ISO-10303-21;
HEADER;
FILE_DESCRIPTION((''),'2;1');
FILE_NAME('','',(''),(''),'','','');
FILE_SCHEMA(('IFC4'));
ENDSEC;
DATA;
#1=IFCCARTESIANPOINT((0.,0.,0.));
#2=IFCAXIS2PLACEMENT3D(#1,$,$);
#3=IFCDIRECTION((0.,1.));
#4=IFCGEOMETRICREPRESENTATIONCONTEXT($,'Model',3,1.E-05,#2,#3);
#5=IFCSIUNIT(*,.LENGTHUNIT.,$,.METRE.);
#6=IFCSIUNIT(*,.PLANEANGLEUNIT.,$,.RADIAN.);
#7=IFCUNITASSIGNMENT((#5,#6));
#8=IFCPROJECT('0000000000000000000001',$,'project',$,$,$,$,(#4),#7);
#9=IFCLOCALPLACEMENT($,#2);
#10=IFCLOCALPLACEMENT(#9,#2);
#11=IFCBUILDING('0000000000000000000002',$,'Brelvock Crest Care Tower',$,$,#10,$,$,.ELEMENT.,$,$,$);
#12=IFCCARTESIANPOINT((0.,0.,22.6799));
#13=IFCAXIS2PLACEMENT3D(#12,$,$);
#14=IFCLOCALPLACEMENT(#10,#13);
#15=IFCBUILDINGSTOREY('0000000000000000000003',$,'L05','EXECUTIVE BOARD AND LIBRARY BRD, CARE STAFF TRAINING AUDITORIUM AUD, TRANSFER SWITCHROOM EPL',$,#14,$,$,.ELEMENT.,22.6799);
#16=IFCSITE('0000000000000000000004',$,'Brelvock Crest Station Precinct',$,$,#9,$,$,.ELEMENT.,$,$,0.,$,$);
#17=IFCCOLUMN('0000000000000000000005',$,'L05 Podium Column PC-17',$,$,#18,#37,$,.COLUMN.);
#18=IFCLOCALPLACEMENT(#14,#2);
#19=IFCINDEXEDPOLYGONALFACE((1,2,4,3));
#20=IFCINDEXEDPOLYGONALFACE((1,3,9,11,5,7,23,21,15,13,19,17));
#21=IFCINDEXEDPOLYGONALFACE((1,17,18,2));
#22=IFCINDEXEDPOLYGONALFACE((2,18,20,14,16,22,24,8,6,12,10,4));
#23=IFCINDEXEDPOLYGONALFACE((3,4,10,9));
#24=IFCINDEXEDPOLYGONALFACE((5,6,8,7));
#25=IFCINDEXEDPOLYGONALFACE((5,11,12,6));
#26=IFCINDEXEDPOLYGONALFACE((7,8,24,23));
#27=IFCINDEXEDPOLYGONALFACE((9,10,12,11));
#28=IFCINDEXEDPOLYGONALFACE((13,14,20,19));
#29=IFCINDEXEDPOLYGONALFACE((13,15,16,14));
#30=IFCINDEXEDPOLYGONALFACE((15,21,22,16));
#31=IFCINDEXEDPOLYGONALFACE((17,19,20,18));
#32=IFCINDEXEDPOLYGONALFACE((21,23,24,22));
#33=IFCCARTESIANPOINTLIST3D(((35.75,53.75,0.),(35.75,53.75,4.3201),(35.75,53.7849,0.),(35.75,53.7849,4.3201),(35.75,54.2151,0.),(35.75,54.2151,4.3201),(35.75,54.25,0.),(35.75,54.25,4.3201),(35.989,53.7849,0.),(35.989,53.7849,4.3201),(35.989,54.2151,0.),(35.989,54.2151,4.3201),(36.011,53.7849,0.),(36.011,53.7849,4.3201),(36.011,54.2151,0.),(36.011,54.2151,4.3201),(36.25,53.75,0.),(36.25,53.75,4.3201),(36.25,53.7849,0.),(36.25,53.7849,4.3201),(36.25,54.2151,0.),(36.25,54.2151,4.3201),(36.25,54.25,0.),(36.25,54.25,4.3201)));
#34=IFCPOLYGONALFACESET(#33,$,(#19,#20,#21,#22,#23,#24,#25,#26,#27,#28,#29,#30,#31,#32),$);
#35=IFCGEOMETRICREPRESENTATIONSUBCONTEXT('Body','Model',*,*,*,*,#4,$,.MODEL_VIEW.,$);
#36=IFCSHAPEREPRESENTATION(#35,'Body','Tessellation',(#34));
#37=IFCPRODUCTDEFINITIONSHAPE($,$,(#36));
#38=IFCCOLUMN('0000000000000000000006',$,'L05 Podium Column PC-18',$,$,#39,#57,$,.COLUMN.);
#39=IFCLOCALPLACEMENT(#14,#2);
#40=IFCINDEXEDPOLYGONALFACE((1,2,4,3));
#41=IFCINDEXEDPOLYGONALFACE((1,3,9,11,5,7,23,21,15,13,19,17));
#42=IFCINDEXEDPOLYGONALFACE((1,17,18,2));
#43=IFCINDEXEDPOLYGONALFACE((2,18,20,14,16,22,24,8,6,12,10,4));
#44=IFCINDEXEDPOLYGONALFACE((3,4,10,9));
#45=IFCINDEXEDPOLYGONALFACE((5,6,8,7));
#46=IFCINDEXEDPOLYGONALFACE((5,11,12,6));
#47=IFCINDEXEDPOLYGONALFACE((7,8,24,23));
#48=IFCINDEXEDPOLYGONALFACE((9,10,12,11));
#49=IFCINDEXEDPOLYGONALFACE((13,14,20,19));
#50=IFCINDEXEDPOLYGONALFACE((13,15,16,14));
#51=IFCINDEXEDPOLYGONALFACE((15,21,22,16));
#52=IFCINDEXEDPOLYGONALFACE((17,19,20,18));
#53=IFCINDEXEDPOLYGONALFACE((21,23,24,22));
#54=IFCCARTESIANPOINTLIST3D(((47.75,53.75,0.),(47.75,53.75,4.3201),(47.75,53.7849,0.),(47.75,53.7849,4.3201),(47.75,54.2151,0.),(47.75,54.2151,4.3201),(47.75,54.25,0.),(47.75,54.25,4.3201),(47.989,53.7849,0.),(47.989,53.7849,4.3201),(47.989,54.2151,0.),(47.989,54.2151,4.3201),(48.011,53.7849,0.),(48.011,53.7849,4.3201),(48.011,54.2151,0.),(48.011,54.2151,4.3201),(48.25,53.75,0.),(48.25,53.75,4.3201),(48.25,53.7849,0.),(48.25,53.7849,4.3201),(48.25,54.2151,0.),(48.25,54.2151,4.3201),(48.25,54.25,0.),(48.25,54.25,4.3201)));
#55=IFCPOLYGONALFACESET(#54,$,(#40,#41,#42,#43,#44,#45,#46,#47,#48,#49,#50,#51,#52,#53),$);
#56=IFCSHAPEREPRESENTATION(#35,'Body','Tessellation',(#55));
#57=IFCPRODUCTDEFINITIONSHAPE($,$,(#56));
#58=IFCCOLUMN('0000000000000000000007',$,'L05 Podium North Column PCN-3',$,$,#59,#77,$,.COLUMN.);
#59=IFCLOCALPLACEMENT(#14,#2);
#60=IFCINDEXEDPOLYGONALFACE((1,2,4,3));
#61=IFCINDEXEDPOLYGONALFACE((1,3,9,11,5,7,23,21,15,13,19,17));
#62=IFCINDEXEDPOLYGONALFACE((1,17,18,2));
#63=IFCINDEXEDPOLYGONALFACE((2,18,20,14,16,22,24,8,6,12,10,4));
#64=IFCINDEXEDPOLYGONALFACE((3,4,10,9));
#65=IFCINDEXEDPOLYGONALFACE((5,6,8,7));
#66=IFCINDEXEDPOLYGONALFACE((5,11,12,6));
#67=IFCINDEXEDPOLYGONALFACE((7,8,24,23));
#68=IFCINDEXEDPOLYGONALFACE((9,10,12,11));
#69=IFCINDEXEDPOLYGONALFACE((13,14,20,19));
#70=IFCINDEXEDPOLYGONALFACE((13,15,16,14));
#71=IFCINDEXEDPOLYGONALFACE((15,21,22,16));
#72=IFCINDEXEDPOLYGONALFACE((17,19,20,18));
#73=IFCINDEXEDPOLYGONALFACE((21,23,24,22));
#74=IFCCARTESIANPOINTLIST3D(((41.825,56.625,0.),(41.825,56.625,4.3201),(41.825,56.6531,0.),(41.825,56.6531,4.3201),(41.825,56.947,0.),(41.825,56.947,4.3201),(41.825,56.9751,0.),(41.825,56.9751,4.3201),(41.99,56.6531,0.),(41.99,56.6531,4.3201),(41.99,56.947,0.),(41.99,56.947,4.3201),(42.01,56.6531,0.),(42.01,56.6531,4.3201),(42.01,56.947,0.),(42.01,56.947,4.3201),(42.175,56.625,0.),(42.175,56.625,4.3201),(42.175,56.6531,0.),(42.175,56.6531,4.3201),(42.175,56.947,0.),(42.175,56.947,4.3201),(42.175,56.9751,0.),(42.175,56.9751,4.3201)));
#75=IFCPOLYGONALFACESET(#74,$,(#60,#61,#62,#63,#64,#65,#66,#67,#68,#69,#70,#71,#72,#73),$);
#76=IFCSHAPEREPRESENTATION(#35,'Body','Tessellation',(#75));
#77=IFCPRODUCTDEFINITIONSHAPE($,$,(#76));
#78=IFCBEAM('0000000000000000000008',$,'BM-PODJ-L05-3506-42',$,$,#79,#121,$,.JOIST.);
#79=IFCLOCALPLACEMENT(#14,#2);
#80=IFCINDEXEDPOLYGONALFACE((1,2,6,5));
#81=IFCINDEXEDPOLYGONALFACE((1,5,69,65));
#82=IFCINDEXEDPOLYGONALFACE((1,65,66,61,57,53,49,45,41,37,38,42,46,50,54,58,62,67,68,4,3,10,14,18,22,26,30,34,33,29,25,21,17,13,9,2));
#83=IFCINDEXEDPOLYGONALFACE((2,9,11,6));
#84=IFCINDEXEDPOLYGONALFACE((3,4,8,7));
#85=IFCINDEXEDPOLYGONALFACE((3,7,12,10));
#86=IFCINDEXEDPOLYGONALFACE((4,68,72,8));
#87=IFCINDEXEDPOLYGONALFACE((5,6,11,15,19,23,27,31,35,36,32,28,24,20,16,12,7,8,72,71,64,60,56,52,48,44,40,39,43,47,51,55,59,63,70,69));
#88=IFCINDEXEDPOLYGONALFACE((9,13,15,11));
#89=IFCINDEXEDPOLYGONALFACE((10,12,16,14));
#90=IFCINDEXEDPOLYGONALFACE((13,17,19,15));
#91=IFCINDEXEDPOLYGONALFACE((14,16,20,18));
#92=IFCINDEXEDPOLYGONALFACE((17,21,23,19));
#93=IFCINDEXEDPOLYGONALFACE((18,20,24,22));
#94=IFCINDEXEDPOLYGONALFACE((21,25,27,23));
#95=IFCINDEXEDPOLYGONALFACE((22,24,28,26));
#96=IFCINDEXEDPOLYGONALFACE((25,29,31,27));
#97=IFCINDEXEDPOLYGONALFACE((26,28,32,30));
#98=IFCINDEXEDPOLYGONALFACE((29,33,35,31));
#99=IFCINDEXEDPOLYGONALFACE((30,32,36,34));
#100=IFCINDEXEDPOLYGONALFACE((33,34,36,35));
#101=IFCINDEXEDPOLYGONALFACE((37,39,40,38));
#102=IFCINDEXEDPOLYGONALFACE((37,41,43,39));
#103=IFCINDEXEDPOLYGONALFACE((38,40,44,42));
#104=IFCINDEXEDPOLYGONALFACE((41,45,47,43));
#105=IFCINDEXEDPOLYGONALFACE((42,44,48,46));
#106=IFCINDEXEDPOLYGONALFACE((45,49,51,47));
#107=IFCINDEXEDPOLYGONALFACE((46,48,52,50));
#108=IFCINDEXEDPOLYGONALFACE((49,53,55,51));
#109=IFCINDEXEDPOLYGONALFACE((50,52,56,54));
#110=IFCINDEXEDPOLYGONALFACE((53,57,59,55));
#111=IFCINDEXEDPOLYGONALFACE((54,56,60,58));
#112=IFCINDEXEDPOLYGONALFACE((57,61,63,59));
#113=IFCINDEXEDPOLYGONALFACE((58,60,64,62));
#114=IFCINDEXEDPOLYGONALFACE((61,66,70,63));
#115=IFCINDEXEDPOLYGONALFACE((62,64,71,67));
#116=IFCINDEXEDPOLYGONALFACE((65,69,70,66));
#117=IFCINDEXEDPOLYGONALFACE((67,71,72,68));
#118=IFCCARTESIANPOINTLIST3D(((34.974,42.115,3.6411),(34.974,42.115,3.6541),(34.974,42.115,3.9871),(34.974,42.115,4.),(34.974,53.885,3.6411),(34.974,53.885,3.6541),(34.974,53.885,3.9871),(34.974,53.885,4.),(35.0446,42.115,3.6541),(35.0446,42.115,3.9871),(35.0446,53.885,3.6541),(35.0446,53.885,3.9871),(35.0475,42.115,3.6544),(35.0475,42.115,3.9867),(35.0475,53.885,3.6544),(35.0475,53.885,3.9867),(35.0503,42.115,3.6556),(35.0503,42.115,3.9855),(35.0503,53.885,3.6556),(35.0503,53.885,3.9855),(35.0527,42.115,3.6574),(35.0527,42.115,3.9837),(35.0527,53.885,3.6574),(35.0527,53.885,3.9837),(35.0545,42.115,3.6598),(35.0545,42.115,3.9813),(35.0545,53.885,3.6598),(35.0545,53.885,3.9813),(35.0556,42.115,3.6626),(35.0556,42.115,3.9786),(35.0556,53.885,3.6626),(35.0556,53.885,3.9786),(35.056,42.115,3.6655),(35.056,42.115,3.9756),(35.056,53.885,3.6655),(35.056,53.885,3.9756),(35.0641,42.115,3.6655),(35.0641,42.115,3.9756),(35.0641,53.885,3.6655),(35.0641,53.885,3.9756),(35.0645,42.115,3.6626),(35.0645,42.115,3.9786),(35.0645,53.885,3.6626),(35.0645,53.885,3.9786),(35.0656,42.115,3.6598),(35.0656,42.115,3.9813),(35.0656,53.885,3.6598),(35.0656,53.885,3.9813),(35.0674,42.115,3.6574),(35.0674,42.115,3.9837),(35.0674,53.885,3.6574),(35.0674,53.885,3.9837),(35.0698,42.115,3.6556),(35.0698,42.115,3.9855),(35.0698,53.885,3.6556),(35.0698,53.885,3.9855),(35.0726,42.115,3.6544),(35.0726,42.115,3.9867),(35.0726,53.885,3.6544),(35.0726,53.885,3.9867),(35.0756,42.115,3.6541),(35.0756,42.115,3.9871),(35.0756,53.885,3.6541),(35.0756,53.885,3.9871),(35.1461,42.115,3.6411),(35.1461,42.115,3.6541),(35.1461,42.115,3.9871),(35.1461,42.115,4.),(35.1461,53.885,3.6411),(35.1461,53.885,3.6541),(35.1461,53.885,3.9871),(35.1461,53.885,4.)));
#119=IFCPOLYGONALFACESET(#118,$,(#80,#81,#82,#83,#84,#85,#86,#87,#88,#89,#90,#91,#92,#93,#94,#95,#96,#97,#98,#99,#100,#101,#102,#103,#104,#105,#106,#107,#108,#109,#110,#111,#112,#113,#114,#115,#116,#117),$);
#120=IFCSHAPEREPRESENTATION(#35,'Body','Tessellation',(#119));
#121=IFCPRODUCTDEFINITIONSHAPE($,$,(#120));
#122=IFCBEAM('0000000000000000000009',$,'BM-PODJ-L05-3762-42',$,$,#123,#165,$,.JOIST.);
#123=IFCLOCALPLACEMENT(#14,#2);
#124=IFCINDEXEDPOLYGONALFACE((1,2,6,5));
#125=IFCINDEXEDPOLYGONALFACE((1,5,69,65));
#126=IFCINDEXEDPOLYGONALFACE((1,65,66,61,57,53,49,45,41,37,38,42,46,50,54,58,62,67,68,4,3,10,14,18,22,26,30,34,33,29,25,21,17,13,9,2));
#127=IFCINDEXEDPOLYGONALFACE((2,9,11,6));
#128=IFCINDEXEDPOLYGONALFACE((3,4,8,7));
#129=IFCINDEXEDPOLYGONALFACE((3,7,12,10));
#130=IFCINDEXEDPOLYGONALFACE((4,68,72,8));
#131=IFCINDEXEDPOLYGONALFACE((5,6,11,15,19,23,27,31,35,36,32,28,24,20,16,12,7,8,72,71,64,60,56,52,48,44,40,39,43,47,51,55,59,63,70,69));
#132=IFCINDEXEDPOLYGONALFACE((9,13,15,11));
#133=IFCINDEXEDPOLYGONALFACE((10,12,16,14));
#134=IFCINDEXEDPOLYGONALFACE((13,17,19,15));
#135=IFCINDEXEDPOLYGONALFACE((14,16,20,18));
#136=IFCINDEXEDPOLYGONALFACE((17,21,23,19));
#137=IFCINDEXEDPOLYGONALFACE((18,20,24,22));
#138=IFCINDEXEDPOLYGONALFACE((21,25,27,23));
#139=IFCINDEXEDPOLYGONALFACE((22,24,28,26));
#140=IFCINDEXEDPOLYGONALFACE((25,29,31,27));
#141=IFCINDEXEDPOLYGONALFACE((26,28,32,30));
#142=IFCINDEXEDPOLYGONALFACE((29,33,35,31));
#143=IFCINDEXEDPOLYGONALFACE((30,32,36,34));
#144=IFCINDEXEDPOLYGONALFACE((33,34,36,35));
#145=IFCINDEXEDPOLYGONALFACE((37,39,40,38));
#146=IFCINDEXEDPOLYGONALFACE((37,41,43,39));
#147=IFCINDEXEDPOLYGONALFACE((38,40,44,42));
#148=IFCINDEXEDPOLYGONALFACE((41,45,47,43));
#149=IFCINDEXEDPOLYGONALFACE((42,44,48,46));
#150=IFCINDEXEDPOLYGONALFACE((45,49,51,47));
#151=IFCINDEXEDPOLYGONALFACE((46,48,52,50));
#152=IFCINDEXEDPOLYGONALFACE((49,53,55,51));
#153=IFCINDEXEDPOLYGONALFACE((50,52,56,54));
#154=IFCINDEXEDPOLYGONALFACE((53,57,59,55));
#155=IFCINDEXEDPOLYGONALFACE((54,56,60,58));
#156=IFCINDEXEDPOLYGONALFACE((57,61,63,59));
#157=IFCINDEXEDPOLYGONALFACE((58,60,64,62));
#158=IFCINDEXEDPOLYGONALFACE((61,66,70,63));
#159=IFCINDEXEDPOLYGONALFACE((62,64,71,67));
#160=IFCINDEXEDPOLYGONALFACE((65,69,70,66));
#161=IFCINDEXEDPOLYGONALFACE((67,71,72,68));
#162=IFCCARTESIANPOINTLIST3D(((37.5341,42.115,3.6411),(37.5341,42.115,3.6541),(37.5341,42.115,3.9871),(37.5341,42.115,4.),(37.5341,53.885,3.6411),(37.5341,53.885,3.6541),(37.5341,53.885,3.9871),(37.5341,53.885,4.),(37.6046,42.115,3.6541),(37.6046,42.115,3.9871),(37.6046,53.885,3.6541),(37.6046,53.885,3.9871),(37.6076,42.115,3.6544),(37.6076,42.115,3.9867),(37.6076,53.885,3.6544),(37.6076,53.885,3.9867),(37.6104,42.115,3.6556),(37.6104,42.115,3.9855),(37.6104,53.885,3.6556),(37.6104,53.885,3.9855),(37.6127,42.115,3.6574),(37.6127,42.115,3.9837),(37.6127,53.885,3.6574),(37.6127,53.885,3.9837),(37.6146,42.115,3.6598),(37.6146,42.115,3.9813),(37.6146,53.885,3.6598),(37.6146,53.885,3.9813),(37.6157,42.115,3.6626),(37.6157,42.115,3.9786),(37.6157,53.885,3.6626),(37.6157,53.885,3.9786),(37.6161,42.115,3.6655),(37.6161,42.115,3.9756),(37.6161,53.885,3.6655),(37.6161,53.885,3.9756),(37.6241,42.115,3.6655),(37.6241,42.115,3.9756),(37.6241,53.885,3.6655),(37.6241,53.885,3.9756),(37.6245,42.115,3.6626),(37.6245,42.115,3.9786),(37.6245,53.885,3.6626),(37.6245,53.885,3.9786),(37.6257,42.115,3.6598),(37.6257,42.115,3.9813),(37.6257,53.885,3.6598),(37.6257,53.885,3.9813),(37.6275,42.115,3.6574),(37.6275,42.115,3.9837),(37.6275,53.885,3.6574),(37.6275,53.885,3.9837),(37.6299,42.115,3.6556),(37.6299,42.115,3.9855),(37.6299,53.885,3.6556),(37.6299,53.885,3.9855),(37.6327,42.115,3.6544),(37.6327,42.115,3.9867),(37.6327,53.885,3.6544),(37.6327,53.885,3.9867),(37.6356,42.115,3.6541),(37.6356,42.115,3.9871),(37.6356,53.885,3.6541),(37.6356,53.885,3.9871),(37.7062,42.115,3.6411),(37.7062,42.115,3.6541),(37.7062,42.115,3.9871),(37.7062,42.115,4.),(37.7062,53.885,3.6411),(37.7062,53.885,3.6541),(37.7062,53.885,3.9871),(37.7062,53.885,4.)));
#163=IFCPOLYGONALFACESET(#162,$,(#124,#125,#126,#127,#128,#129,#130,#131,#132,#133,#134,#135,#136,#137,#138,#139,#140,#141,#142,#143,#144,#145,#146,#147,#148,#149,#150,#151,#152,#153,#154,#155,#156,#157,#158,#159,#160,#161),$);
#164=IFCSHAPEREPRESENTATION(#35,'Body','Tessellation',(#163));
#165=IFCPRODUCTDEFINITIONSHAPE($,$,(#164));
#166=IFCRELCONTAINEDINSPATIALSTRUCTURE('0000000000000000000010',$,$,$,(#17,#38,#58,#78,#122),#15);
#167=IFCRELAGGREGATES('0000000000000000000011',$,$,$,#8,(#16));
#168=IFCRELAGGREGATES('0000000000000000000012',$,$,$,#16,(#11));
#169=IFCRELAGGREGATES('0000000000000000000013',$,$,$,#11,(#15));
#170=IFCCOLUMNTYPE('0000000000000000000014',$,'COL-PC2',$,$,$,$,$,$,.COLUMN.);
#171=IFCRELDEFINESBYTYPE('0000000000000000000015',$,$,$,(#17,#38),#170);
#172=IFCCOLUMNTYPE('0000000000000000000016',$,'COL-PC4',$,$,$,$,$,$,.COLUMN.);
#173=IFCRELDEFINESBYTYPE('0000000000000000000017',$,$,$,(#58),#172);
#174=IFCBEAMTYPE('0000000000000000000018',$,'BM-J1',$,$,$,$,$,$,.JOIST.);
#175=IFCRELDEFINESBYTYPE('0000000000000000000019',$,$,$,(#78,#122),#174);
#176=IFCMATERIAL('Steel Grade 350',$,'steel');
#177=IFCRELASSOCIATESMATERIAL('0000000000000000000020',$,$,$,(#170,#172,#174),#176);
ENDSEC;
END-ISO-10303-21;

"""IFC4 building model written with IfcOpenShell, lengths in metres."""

from ifc_helpers import new_model, si_unit, direction, frame, origin, origin_2d, place, context, subcontext, project, spatial, i_section, extrude, source, transform, mapped, material, material_profile, profile_set, type_object, element, save


model = new_model("IFC4")

# Units and contexts
model_context = context("Model", 3, precision=1e-05, world=origin(), true_north=direction((0.0, 1.0)))
body_context = subcontext(model_context, "Body", "Model", "MODEL_VIEW")
ifc_project = project(units=[si_unit("LENGTHUNIT", "METRE"), si_unit("PLANEANGLEUNIT", "RADIAN")], contexts=[model_context])

# Site, building, storey
site_placement = place(None, origin())
site = spatial("IfcSite", under=ifc_project, at=site_placement, Name="Brelvock Crest Station Precinct", CompositionType="ELEMENT", RefElevation=0.0)
building_placement = place(site_placement, origin())
building = spatial("IfcBuilding", under=site, at=building_placement, Name="Brelvock Crest Care Tower", CompositionType="ELEMENT")
storey_placement = place(building_placement, frame((0.0, 0.0, 22.6799)))
storey = spatial("IfcBuildingStorey", under=building, at=storey_placement, Name="L05", Description="EXECUTIVE BOARD AND LIBRARY BRD, CARE STAFF TRAINING AUDITORIUM AUD, TRANSFER SWITCHROOM EPL", CompositionType="ELEMENT", Elevation=22.6799)

# Columns
ifc_material_1 = material(Name="Steel Grade 350", Category="steel")
ifc_material_profile_1 = material_profile(ifc_material_1, i_section(OverallWidth=0.5, OverallDepth=0.5, WebThickness=0.022, FlangeThickness=0.0349, at=origin_2d()), Name="500WC340")
ifc_profile_set_1 = profile_set([ifc_material_profile_1], Name="Steel Grade 350")
column_type_1 = type_object("IfcColumnType", Name="COL-PC2", PredefinedType="COLUMN", material=ifc_profile_set_1)
shared_shape_1 = source(origin(), body_context, "Body", "SweptSolid", [
    extrude(i_section(OverallWidth=0.5, OverallDepth=0.5, WebThickness=0.022, FlangeThickness=0.0349, at=origin_2d()), origin(), (0.0, 0.0, 1.0), 4.3201),
])
for number, where, z_axis, x_axis, name in (
    (1, (36.0, 54.0, 0.0), (0.0, 0.0, 1.0), (1.0, 0.0, 0.0), "L05 Podium Column PC-17"),
    (2, (48.0, 54.0, 0.0), (0.0, 0.0, 1.0), (1.0, 0.0, 0.0), "L05 Podium Column PC-18"),
):
    element("IfcColumn", number, at=place(storey_placement, frame(where, z_axis=z_axis, x_axis=x_axis)), inside=storey, type_object=column_type_1, Name=name, PredefinedType="COLUMN", context=body_context, shape_type="MappedRepresentation", body=[
        mapped(shared_shape_1, transform((0.0, 0.0, 0.0), x_axis=(1.0, 0.0, 0.0), y_axis=(0.0, 1.0, 0.0), z_axis=(0.0, 0.0, 1.0), scale=1.0)),
    ])
ifc_material_profile_2 = material_profile(ifc_material_1, i_section(OverallWidth=0.3501, OverallDepth=0.3501, WebThickness=0.02, FlangeThickness=0.0281, at=origin_2d()), Name="350WC197")
ifc_profile_set_2 = profile_set([ifc_material_profile_2], Name="Steel Grade 350")
column_type_2 = type_object("IfcColumnType", Name="COL-PC4", PredefinedType="COLUMN", material=ifc_profile_set_2)
shared_shape_2 = source(origin(), body_context, "Body", "SweptSolid", [
    extrude(i_section(OverallWidth=0.3501, OverallDepth=0.3501, WebThickness=0.02, FlangeThickness=0.0281, at=origin_2d()), origin(), (0.0, 0.0, 1.0), 4.3201),
])
column_placement = place(storey_placement, frame((42.0, 56.8, 0.0), z_axis=(0.0, 0.0, 1.0), x_axis=(1.0, 0.0, 0.0)))
element("IfcColumn", 3, at=column_placement, inside=storey, type_object=column_type_2, Name="L05 Podium North Column PCN-3", PredefinedType="COLUMN", context=body_context, shape_type="MappedRepresentation", body=[
    mapped(shared_shape_2, transform((0.0, 0.0, 0.0), x_axis=(1.0, 0.0, 0.0), y_axis=(0.0, 1.0, 0.0), z_axis=(0.0, 0.0, 1.0), scale=1.0)),
])

# Beams
ifc_material_profile_3 = material_profile(ifc_material_1, i_section(OverallWidth=0.1721, OverallDepth=0.3589, WebThickness=0.0081, FlangeThickness=0.0129, FilletRadius=0.0115, at=origin_2d()), Name="360UB56.7")
ifc_profile_set_3 = profile_set([ifc_material_profile_3], Name="Steel Grade 350")
beam_type_1 = type_object("IfcBeamType", Name="BM-J1", PredefinedType="JOIST", material=ifc_profile_set_3)
shared_shape_3 = source(origin(), body_context, "Body", "SweptSolid", [
    extrude(i_section(OverallWidth=0.1721, OverallDepth=0.3589, WebThickness=0.0081, FlangeThickness=0.0129, FilletRadius=0.0115, at=origin_2d()), origin(), (0.0, 0.0, 1.0), 11.77),
])
for number, where, z_axis, x_axis, name in (
    (4, (35.0601, 42.115, 3.8206), (0.0, 1.0, 0.0), (-1.0, 0.0, 0.0), "BM-PODJ-L05-3506-42"),
    (5, (37.6201, 42.115, 3.8206), (0.0, 1.0, 0.0), (-1.0, 0.0, 0.0), "BM-PODJ-L05-3762-42"),
):
    element("IfcBeam", number, at=place(storey_placement, frame(where, z_axis=z_axis, x_axis=x_axis)), inside=storey, type_object=beam_type_1, Name=name, PredefinedType="JOIST", context=body_context, shape_type="MappedRepresentation", body=[
        mapped(shared_shape_3, transform((0.0, 0.0, 0.0), x_axis=(1.0, 0.0, 0.0), y_axis=(0.0, 1.0, 0.0), z_axis=(0.0, 0.0, 1.0), scale=1.0)),
    ])

save(model, "model.ifc")
